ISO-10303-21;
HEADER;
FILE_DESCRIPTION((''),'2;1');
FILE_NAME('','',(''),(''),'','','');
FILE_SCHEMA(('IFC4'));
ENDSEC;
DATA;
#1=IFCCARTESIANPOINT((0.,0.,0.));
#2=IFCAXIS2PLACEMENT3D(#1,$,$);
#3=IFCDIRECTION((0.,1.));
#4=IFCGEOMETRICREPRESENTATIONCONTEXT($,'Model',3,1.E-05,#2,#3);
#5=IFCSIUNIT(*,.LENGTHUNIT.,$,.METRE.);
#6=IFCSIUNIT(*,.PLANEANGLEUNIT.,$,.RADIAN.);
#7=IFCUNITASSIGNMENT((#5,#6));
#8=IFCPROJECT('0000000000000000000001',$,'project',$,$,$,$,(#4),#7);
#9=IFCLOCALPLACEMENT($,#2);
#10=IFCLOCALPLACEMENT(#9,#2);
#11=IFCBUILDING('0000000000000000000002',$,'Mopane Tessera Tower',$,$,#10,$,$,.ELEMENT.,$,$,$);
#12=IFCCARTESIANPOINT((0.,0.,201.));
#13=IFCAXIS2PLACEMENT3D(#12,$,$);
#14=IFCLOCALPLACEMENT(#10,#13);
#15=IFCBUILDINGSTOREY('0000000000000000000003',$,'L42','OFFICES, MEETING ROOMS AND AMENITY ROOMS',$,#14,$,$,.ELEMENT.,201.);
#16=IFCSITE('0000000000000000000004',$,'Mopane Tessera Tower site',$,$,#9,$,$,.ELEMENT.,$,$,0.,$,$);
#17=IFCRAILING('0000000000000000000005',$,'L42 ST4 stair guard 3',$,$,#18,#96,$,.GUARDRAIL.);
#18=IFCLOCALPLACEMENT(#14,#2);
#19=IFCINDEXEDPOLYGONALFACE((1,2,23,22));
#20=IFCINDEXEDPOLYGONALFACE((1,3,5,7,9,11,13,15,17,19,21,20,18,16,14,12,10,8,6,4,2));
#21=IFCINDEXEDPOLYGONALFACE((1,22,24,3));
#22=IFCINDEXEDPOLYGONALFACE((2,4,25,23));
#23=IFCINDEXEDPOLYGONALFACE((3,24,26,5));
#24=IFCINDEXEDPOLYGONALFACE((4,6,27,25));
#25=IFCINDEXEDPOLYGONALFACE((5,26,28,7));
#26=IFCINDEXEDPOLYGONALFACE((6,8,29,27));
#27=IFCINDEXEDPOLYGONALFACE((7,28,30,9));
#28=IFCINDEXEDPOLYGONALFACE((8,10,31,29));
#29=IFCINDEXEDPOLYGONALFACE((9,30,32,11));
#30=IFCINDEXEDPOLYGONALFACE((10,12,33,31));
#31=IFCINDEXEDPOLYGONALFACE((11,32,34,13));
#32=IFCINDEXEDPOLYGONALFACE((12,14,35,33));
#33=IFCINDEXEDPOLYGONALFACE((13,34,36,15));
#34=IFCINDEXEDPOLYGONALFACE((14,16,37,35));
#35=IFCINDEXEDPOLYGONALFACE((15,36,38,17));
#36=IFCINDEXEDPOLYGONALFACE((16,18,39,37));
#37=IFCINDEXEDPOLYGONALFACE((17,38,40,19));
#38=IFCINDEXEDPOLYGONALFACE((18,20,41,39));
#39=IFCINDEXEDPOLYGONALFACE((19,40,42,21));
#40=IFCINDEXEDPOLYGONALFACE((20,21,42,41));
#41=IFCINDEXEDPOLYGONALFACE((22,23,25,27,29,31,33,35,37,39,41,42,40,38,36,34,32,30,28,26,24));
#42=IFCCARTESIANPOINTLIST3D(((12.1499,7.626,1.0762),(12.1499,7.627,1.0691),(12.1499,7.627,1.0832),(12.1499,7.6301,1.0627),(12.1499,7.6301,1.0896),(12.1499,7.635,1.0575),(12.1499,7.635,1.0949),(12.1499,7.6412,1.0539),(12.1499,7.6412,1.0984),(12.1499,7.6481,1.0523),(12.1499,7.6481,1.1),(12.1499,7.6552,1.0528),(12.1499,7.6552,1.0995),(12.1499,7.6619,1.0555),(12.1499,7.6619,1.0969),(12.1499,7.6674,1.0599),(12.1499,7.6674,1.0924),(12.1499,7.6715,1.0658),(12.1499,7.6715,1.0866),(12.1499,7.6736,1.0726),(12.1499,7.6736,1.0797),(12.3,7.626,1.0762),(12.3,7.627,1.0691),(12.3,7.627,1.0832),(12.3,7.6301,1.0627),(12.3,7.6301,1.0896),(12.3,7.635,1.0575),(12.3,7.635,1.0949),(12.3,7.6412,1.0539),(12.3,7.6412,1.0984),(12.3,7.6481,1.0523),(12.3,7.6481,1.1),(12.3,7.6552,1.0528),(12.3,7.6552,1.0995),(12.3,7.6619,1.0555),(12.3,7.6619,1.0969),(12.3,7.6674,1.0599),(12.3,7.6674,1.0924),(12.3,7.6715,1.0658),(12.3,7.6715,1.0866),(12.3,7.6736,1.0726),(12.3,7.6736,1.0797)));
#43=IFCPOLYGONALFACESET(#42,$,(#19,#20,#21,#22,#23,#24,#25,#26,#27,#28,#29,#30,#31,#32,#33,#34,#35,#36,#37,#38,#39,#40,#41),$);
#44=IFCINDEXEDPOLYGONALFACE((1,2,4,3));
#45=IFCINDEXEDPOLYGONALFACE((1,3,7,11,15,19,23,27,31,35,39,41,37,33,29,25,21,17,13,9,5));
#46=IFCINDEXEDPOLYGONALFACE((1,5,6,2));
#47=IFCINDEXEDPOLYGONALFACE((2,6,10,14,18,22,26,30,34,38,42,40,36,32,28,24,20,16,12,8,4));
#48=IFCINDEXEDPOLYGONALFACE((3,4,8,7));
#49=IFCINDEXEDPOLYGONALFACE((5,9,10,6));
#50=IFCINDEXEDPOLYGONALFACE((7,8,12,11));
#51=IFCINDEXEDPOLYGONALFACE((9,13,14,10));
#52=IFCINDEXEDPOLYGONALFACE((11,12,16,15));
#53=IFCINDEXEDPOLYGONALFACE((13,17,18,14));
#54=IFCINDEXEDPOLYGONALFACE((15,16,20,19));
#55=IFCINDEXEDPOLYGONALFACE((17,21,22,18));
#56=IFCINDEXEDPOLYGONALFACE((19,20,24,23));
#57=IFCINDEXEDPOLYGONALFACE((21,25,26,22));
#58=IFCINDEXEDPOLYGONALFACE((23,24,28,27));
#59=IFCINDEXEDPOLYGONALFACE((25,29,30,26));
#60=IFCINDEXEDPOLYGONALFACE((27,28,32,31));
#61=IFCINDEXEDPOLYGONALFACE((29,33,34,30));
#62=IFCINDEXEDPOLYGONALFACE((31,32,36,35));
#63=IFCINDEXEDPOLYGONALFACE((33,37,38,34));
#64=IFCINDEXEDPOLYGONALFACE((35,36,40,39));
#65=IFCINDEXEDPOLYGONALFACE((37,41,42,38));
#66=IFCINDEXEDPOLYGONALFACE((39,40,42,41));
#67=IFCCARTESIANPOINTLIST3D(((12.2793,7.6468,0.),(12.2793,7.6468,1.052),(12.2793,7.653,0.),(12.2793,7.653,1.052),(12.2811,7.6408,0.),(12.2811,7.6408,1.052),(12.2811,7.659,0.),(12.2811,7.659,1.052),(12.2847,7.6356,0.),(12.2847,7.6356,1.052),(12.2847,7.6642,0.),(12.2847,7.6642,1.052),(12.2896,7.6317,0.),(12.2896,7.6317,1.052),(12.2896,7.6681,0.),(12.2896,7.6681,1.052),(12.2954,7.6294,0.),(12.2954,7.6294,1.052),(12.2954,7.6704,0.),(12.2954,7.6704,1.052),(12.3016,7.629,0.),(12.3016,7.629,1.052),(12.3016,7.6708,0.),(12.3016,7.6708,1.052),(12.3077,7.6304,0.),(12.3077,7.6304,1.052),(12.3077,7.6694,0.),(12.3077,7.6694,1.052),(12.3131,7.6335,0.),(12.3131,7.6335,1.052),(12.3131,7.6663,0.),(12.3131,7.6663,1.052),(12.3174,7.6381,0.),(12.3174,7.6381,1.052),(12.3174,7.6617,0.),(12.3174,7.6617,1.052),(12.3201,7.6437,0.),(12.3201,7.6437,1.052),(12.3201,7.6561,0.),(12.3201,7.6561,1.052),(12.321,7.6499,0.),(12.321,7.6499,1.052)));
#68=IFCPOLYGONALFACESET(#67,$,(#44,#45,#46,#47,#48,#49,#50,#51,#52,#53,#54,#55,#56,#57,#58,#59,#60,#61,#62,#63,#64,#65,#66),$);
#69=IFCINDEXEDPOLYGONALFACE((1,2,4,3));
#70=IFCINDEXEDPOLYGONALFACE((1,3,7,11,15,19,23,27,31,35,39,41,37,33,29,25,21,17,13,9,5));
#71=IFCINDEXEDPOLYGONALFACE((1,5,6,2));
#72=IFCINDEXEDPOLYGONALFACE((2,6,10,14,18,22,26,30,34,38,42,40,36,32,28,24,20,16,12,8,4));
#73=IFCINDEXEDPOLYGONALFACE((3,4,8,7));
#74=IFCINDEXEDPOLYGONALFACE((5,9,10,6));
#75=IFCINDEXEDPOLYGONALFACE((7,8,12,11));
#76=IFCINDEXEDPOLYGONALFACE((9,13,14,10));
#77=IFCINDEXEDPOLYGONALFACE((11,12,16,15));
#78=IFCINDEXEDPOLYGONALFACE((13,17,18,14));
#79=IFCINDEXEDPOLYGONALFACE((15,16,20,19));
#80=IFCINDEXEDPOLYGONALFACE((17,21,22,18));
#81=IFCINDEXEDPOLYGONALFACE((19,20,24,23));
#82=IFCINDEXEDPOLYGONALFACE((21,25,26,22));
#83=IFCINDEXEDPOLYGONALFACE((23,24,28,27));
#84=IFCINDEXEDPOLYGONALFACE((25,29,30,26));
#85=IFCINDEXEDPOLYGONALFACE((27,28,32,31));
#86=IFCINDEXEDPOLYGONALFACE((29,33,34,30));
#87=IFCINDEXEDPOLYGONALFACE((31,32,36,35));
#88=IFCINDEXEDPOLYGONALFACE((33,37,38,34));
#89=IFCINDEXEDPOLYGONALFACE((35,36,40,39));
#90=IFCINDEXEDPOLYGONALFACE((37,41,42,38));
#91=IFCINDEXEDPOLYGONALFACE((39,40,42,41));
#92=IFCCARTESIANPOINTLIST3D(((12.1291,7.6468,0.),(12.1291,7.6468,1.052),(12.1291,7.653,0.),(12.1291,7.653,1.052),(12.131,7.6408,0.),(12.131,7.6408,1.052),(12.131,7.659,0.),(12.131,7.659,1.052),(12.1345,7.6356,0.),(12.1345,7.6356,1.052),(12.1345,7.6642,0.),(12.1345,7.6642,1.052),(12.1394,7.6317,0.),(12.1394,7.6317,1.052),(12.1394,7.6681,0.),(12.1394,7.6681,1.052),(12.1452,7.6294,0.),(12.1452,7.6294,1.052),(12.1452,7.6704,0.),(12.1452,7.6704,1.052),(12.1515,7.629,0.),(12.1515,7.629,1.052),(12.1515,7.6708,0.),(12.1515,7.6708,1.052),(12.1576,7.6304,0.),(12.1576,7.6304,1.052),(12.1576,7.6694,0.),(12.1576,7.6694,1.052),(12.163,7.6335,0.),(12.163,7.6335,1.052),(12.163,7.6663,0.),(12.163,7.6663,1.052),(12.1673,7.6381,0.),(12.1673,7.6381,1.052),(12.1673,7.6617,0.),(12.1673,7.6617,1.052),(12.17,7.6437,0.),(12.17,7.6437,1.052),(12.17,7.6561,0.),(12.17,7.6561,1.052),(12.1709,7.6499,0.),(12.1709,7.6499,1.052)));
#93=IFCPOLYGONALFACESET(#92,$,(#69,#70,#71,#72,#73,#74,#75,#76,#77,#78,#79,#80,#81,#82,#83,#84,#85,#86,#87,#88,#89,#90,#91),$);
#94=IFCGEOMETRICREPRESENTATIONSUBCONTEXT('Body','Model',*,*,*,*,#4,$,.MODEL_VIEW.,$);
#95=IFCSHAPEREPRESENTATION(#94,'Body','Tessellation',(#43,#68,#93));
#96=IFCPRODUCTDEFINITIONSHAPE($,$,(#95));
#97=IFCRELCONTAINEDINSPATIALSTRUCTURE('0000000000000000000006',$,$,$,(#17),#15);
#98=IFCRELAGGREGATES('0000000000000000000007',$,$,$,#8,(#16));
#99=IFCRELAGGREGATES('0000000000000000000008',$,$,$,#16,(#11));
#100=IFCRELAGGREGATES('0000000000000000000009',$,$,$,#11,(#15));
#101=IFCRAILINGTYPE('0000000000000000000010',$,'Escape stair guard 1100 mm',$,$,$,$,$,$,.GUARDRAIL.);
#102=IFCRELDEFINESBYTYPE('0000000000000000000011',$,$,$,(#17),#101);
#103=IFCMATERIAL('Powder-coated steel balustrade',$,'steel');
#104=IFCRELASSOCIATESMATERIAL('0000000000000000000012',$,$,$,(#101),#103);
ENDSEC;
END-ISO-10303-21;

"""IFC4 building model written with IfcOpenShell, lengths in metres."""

from ifc_helpers import new_model, si_unit, direction, frame, origin, origin_2d, place, context, subcontext, project, spatial, circle, extrude, material, type_object, element, save


model = new_model("IFC4")

# Units and contexts
model_context = context("Model", 3, precision=1e-05, world=origin(), true_north=direction((0.0, 1.0)))
body_context = subcontext(model_context, "Body", "Model", "MODEL_VIEW")
ifc_project = project(units=[si_unit("LENGTHUNIT", "METRE"), si_unit("PLANEANGLEUNIT", "RADIAN")], contexts=[model_context])

# Site, building, storey
site_placement = place(None, origin())
site = spatial("IfcSite", under=ifc_project, at=site_placement, Name="Mopane Tessera Tower site", CompositionType="ELEMENT", RefElevation=0.0)
building_placement = place(site_placement, origin())
building = spatial("IfcBuilding", under=site, at=building_placement, Name="Mopane Tessera Tower", CompositionType="ELEMENT")
storey_placement = place(building_placement, frame((0.0, 0.0, 201.0)))
storey = spatial("IfcBuildingStorey", under=building, at=storey_placement, Name="L42", Description="OFFICES, MEETING ROOMS AND AMENITY ROOMS", CompositionType="ELEMENT", Elevation=201.0)

# Railing
ifc_material_1 = material(Name="Powder-coated steel balustrade", Category="steel")
railing_type_1 = type_object("IfcRailingType", Name="Escape stair guard 1100 mm", PredefinedType="GUARDRAIL", material=ifc_material_1)
railing_1_placement = place(storey_placement, frame((12.3, 7.6499, 0.0)))
element("IfcRailing", 1, at=railing_1_placement, inside=storey, type_object=railing_type_1, Name="L42 ST4 stair guard 3", PredefinedType="GUARDRAIL", context=body_context, shape_type="SweptSolid", body=[
    extrude(circle(Radius=0.0239, at=origin_2d()), frame((0.0, 0.0, 1.0762), z_axis=(-1.0, 0.0, 0.0), x_axis=(0.0, -1.0, 0.0)), (0.0, 0.0, 1.0), 0.1501),
    extrude(circle(Radius=0.021, at=origin_2d()), origin(), (0.0, 0.0, 1.0), 1.052),
    extrude(circle(Radius=0.021, at=origin_2d()), frame((-0.1501, 0.0, 0.0)), (0.0, 0.0, 1.0), 1.052),
])

save(model, "model.ifc")
